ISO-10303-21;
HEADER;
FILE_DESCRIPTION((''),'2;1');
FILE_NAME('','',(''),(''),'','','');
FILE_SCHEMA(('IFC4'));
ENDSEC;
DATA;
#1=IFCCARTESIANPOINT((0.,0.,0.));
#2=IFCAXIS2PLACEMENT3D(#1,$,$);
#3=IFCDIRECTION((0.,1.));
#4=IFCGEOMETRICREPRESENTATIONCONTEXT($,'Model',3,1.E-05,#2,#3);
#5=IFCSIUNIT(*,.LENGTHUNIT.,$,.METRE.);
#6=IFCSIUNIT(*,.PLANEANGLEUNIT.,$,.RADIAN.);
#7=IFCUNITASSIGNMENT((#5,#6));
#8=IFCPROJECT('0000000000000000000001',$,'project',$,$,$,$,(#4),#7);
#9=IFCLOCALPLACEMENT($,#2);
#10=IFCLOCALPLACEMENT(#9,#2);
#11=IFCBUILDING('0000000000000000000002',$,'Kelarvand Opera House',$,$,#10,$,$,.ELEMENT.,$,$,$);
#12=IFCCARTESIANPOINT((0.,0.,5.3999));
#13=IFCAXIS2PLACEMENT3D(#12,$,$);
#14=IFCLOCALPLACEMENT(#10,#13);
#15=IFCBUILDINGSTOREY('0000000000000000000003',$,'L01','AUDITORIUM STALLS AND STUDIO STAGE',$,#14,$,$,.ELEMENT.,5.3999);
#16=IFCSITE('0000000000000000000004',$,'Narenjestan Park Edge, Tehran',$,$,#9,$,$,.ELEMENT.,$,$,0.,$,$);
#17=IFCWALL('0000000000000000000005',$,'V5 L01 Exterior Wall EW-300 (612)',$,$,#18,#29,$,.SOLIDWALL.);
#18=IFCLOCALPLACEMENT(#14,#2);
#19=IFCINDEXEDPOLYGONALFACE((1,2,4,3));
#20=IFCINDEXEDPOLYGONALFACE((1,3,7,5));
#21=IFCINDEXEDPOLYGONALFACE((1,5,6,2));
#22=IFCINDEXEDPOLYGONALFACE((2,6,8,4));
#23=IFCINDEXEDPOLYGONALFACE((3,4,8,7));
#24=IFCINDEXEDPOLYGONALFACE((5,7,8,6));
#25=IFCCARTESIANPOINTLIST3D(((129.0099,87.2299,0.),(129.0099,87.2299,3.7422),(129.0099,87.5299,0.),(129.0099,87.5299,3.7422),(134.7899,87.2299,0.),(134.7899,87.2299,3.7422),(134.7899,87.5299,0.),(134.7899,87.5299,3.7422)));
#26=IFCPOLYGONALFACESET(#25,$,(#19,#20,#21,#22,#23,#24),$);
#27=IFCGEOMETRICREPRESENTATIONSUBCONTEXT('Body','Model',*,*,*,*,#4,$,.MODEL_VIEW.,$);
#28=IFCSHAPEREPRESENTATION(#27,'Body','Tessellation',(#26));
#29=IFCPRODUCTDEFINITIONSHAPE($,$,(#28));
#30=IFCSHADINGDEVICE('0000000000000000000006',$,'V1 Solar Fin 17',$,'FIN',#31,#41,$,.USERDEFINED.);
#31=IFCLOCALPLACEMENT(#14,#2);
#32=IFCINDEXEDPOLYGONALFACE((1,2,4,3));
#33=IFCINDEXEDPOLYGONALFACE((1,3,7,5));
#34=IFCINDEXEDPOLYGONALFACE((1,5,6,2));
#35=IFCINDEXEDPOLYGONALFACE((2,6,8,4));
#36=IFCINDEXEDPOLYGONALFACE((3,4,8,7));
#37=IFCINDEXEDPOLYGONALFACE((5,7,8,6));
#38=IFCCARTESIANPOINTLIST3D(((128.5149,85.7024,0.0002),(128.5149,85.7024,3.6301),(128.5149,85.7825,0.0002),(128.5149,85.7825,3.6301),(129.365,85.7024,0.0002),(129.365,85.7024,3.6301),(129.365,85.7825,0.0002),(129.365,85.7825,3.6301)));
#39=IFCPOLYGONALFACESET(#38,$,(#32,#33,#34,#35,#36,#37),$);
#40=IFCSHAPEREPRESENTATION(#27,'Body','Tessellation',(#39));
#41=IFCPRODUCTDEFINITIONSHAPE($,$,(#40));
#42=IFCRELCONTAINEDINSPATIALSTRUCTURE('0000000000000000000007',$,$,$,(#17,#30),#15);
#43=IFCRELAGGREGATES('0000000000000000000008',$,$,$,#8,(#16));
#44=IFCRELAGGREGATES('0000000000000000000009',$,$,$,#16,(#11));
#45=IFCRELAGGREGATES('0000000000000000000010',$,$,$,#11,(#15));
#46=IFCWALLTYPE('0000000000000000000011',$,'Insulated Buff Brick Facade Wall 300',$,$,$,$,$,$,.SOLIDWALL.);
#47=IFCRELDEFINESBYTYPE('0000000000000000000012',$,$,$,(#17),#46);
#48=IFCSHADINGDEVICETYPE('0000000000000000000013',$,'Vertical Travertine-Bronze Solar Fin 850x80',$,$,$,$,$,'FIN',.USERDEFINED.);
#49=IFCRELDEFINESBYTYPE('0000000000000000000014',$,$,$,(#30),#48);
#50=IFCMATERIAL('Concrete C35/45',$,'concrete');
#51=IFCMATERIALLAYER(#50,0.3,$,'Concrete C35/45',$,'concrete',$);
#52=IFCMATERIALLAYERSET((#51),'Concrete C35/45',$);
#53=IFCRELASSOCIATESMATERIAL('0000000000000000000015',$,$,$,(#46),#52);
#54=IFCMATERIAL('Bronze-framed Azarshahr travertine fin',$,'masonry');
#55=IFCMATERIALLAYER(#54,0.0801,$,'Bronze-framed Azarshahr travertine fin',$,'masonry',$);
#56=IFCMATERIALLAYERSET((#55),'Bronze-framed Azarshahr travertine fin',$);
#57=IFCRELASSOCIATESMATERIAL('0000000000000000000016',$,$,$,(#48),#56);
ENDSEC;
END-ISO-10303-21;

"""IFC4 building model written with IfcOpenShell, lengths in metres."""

from ifc_helpers import new_model, si_unit, direction, frame, frame_2d, origin, origin_2d, place, context, subcontext, project, spatial, rectangle, extrude, material, layer, layer_set, type_object, element, save


model = new_model("IFC4")

# Units and contexts
model_context = context("Model", 3, precision=1e-05, world=origin(), true_north=direction((0.0, 1.0)))
body_context = subcontext(model_context, "Body", "Model", "MODEL_VIEW")
ifc_project = project(units=[si_unit("LENGTHUNIT", "METRE"), si_unit("PLANEANGLEUNIT", "RADIAN")], contexts=[model_context])

# Site, building, storey
site_placement = place(None, origin())
site = spatial("IfcSite", under=ifc_project, at=site_placement, Name="Narenjestan Park Edge, Tehran", CompositionType="ELEMENT", RefElevation=0.0)
building_placement = place(site_placement, origin())
building = spatial("IfcBuilding", under=site, at=building_placement, Name="Kelarvand Opera House", CompositionType="ELEMENT")
storey_placement = place(building_placement, frame((0.0, 0.0, 5.3999)))
storey = spatial("IfcBuildingStorey", under=building, at=storey_placement, Name="L01", Description="AUDITORIUM STALLS AND STUDIO STAGE", CompositionType="ELEMENT", Elevation=5.3999)

# Wall
ifc_material_1 = material(Name="Concrete C35/45", Category="concrete")
ifc_layer_1 = layer(ifc_material_1, 0.3, Name="Concrete C35/45", Category="concrete")
ifc_layer_set_1 = layer_set([ifc_layer_1], Name="Concrete C35/45")
wall_type = type_object("IfcWallType", Name="Insulated Buff Brick Facade Wall 300", PredefinedType="SOLIDWALL", material=ifc_layer_set_1)
wall_placement = place(storey_placement, frame((134.79, 87.3799, 0.0), z_axis=(0.0, 0.0, 1.0), x_axis=(-1.0, 0.0, 0.0)))
element("IfcWall", 1, at=wall_placement, inside=storey, type_object=wall_type, Name="V5 L01 Exterior Wall EW-300 (612)", PredefinedType="SOLIDWALL", context=body_context, shape_type="SweptSolid", body=[
    extrude(rectangle(XDim=5.78, YDim=0.3, at=frame_2d((2.8901, 0.0))), origin(), (0.0, 0.0, 1.0), 3.7422),
])

# Shading device
ifc_material_2 = material(Name="Bronze-framed Azarshahr travertine fin", Category="masonry")
ifc_layer_2 = layer(ifc_material_2, 0.0801, Name="Bronze-framed Azarshahr travertine fin", Category="masonry")
ifc_layer_set_2 = layer_set([ifc_layer_2], Name="Bronze-framed Azarshahr travertine fin")
shading_device_type = type_object("IfcShadingDeviceType", Name="Vertical Travertine-Bronze Solar Fin 850x80", ElementType="FIN", PredefinedType="USERDEFINED", material=ifc_layer_set_2)
shading_device_placement = place(storey_placement, frame((128.9399, 85.7424, 0.0002), z_axis=(0.0, 0.0, 1.0), x_axis=(1.0, 0.0, 0.0)))
element("IfcShadingDevice", 2, at=shading_device_placement, inside=storey, type_object=shading_device_type, Name="V1 Solar Fin 17", ObjectType="FIN", PredefinedType="USERDEFINED", context=body_context, shape_type="SweptSolid", body=[
    extrude(rectangle(XDim=0.8501, YDim=0.0801, at=origin_2d()), origin(), (0.0, 0.0, 1.0), 3.6299),
])

save(model, "model.ifc")
